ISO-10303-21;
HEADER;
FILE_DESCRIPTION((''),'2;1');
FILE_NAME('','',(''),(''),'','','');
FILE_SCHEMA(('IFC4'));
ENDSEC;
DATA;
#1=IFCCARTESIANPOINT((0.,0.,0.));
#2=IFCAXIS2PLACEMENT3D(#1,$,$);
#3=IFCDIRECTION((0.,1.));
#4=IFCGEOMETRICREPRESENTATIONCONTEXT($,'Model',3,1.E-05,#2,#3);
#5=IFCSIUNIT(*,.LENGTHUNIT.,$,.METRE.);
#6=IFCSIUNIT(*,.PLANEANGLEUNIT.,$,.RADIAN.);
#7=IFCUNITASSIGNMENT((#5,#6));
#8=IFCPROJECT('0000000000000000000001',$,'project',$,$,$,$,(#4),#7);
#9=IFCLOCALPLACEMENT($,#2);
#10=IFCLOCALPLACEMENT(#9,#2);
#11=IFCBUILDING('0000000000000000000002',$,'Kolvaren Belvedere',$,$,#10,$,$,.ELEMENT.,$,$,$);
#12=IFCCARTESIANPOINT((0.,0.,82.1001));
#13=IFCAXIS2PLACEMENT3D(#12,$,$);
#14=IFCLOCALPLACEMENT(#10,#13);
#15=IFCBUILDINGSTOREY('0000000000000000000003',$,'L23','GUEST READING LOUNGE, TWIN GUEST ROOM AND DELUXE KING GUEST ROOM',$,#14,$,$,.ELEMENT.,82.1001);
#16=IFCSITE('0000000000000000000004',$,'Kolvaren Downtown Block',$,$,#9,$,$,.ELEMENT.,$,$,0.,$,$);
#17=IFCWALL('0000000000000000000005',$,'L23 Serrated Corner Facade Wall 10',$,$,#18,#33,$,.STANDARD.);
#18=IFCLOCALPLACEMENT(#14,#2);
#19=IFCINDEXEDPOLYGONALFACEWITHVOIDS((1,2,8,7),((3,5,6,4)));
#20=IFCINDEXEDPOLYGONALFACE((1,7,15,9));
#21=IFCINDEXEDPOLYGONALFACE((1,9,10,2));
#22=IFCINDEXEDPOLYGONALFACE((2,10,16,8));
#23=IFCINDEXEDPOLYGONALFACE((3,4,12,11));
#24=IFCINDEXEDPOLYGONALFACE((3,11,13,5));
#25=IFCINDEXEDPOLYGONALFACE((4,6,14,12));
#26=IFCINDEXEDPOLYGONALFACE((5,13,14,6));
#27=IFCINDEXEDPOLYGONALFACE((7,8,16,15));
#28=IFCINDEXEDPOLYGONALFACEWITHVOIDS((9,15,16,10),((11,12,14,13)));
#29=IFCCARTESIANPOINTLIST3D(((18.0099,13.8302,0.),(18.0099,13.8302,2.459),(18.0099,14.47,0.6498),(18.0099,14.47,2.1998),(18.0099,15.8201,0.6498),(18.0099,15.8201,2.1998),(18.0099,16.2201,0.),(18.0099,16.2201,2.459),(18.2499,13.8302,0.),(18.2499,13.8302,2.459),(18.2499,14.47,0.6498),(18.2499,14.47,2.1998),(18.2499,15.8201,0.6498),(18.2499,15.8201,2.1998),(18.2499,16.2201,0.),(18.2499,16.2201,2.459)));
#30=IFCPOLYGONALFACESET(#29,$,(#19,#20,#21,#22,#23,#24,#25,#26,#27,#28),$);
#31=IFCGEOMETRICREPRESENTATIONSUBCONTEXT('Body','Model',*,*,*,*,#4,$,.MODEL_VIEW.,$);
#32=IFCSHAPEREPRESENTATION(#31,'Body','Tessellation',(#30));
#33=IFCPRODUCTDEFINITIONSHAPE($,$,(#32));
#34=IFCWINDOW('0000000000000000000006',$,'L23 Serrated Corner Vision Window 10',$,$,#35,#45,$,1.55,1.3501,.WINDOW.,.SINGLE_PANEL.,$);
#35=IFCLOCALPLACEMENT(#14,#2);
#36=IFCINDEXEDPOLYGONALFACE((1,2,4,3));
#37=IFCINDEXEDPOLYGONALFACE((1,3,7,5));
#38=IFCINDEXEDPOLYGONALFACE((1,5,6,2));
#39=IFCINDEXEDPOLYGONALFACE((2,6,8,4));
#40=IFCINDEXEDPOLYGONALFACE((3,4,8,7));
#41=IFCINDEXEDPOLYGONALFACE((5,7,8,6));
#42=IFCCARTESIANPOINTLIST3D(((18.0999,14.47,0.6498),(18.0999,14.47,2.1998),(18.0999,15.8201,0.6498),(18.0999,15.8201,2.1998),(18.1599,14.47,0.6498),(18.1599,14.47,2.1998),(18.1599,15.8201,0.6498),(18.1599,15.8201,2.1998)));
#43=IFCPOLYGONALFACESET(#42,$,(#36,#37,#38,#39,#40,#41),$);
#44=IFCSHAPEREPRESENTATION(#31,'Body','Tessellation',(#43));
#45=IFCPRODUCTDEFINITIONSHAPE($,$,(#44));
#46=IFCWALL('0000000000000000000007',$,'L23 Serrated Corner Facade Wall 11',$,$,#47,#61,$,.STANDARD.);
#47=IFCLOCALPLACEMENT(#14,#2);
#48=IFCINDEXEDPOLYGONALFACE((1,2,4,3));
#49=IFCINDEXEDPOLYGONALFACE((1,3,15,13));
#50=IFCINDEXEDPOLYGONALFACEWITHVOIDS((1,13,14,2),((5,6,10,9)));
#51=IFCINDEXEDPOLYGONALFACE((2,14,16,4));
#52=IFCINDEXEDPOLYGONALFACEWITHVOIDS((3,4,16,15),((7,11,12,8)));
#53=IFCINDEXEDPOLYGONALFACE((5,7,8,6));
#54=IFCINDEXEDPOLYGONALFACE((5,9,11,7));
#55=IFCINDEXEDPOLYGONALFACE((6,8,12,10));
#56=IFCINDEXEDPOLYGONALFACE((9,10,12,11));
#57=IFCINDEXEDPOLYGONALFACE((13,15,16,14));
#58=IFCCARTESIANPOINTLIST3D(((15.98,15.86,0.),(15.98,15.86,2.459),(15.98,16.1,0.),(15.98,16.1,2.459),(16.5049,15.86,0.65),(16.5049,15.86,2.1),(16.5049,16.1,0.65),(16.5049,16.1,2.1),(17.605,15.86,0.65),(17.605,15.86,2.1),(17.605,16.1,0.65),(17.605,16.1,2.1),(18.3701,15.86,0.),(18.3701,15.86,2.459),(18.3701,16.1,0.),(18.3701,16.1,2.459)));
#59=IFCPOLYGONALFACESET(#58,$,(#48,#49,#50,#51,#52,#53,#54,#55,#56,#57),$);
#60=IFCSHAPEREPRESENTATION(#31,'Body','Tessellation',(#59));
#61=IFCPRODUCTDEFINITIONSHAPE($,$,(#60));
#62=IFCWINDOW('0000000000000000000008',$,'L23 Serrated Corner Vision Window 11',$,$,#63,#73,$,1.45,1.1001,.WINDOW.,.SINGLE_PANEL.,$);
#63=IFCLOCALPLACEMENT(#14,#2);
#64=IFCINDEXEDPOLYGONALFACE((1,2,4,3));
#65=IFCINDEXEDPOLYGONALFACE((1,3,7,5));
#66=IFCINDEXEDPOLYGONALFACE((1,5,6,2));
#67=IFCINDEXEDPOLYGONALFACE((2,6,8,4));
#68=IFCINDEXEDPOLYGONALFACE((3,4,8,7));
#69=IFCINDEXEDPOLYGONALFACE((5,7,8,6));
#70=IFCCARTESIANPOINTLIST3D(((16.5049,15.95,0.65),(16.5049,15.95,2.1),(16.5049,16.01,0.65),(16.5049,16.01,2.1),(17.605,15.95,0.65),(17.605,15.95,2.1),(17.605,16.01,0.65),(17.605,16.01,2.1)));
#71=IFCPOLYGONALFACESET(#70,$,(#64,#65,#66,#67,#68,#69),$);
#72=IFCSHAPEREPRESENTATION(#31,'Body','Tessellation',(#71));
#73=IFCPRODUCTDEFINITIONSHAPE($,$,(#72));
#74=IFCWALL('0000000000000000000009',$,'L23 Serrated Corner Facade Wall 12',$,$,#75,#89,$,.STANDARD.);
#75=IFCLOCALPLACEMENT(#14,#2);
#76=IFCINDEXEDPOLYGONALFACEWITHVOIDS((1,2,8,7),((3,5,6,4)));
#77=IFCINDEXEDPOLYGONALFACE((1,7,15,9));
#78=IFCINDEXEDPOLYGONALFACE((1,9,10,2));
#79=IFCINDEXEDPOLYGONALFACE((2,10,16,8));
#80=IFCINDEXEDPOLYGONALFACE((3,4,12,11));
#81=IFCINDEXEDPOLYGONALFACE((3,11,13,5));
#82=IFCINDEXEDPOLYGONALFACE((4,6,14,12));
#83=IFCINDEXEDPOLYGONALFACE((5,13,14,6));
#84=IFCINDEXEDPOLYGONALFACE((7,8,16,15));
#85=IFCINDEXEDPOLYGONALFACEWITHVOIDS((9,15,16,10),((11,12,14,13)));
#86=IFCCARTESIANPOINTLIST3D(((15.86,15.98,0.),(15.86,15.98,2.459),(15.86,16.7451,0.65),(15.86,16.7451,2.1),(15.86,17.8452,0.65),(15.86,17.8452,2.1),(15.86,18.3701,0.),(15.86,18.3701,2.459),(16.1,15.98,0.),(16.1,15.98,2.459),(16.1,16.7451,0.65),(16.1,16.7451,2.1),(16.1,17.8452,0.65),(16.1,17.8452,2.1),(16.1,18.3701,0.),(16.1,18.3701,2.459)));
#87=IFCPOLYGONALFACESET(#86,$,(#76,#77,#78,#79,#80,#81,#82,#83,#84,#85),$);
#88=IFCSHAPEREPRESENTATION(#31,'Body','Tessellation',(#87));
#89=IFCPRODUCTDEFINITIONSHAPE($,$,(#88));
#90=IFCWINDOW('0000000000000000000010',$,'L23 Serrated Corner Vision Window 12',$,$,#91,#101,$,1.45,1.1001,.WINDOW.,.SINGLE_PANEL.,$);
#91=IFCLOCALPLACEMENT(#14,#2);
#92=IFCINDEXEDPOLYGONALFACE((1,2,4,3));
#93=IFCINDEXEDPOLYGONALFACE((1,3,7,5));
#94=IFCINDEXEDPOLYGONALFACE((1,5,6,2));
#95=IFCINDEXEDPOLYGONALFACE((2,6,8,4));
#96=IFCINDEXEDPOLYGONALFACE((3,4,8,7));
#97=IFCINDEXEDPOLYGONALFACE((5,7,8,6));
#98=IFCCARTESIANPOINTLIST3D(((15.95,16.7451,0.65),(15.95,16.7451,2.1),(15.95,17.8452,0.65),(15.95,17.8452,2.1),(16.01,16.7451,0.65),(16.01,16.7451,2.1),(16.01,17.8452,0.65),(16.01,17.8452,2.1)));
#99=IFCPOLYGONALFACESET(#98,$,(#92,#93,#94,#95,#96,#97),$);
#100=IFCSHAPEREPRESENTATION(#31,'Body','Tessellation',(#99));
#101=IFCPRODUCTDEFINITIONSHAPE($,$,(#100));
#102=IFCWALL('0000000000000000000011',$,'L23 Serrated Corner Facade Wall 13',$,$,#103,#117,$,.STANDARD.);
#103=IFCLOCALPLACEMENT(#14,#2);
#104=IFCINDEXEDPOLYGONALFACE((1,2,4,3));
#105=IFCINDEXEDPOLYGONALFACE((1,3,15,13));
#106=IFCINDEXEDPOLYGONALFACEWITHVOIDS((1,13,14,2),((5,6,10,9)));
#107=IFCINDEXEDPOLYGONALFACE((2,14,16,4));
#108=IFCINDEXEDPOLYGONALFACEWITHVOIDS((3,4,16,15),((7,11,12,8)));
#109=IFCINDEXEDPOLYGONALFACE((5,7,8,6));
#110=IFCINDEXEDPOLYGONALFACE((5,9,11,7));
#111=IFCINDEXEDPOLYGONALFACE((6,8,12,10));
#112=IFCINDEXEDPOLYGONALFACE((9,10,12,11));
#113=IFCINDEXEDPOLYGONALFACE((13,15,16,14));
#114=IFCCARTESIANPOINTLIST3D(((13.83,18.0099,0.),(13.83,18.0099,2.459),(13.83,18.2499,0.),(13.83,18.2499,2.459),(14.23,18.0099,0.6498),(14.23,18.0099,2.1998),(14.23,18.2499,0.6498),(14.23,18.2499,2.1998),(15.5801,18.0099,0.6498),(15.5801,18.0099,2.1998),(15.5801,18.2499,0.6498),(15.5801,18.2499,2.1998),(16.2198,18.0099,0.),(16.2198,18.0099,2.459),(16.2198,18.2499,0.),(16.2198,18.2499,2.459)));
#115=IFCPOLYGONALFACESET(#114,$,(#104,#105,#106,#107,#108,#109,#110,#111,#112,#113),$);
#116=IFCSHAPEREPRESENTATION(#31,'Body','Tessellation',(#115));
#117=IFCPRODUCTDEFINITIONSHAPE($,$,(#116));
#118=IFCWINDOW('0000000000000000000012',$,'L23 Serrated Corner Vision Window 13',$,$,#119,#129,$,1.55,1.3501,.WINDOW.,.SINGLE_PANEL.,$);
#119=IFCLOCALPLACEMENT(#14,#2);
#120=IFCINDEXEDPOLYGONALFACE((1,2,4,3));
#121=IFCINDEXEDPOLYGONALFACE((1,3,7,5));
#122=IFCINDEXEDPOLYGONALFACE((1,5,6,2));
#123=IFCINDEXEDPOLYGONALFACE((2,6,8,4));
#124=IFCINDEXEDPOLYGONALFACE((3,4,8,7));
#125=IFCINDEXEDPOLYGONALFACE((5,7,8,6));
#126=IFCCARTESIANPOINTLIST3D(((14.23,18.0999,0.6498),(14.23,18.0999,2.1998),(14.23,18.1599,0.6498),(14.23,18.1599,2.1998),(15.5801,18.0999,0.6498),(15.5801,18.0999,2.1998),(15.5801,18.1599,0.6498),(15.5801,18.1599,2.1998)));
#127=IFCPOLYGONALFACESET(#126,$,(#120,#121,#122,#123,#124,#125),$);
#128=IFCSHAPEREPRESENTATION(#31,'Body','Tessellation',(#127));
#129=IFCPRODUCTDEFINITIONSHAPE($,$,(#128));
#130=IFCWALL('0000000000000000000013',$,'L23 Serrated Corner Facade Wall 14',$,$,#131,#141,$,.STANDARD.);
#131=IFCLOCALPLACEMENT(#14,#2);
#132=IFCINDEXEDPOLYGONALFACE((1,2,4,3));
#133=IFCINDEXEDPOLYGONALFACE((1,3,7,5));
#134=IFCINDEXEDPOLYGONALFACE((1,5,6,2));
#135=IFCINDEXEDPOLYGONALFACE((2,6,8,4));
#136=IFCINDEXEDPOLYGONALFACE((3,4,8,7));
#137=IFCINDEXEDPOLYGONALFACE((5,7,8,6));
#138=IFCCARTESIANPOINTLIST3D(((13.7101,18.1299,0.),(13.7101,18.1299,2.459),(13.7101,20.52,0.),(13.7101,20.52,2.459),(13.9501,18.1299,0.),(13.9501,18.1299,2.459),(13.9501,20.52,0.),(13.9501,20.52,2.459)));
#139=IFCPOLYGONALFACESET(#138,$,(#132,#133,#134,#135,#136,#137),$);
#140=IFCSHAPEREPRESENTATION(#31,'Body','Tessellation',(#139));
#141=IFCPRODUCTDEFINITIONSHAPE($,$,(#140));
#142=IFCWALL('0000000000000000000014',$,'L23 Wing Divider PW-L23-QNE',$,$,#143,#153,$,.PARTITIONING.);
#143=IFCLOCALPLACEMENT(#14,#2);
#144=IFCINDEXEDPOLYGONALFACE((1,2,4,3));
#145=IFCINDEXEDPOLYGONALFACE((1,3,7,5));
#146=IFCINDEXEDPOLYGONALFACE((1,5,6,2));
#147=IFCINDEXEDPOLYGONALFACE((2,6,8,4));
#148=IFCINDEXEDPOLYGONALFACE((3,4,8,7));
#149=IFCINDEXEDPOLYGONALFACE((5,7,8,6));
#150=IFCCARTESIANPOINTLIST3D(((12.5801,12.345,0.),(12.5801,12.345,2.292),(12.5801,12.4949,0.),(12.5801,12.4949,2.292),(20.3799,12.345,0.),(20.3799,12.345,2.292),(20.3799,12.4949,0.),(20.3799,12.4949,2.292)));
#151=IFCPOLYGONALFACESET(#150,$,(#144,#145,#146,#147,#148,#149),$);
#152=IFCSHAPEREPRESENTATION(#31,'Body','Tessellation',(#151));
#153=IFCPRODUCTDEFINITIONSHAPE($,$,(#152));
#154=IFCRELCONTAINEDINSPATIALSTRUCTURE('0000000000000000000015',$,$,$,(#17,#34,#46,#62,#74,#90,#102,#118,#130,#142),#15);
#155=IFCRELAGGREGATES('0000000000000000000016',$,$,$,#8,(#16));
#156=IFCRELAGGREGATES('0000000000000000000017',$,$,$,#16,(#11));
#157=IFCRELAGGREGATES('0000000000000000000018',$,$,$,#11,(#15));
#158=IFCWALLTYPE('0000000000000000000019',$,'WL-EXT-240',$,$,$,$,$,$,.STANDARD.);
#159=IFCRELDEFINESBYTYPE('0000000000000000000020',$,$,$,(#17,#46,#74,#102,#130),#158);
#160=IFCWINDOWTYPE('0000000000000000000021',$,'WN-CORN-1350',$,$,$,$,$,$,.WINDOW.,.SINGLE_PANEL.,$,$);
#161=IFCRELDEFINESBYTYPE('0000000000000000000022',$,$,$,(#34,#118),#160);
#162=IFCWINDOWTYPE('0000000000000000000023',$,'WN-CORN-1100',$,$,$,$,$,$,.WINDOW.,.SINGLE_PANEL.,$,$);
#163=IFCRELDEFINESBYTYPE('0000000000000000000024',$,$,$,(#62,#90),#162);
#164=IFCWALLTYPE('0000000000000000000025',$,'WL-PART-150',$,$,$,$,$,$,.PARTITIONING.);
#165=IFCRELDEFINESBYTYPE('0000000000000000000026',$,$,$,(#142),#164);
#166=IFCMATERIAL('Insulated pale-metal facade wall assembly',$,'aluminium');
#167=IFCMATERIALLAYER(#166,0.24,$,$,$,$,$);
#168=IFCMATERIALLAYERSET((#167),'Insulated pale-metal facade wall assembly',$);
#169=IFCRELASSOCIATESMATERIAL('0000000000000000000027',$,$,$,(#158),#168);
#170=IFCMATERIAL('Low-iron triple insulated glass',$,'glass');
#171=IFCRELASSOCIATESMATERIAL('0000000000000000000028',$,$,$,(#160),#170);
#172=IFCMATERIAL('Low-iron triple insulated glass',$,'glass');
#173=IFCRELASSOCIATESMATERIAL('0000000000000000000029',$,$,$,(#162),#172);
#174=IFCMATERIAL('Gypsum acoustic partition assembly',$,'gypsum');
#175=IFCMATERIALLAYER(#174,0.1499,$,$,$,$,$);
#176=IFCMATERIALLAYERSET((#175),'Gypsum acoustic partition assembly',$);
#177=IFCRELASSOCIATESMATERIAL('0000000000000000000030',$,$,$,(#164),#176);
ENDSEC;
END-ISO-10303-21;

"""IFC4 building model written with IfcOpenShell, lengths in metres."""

from ifc_helpers import new_model, si_unit, direction, frame, frame_2d, origin, place, context, subcontext, project, spatial, rectangle, extrude, material, layer, layer_set, type_object, element, fill, save


model = new_model("IFC4")

# Units and contexts
model_context = context("Model", 3, precision=1e-05, world=origin(), true_north=direction((0.0, 1.0)))
body_context = subcontext(model_context, "Body", "Model", "MODEL_VIEW")
ifc_project = project(units=[si_unit("LENGTHUNIT", "METRE"), si_unit("PLANEANGLEUNIT", "RADIAN")], contexts=[model_context])

# Site, building, storey
site_placement = place(None, origin())
site = spatial("IfcSite", under=ifc_project, at=site_placement, Name="Kolvaren Downtown Block", CompositionType="ELEMENT", RefElevation=0.0)
building_placement = place(site_placement, origin())
building = spatial("IfcBuilding", under=site, at=building_placement, Name="Kolvaren Belvedere", CompositionType="ELEMENT")
storey_placement = place(building_placement, frame((0.0, 0.0, 82.1001)))
storey = spatial("IfcBuildingStorey", under=building, at=storey_placement, Name="L23", Description="GUEST READING LOUNGE, TWIN GUEST ROOM AND DELUXE KING GUEST ROOM", CompositionType="ELEMENT", Elevation=82.1001)

# Shared definitions
ifc_material_1 = material(Name="Insulated pale-metal facade wall assembly", Category="aluminium")
ifc_layer_1 = layer(ifc_material_1, 0.24)
ifc_layer_set_1 = layer_set([ifc_layer_1], Name="Insulated pale-metal facade wall assembly")
wall_type_1 = type_object("IfcWallType", Name="WL-EXT-240", PredefinedType="STANDARD", material=ifc_layer_set_1)

# Walls, openings, windows
wall_1_placement = place(storey_placement, frame((18.1299, 16.22, 0.0), z_axis=(0.0, 0.0, 1.0), x_axis=(0.0, -1.0, 0.0)))
wall_1 = element("IfcWall", 1, at=wall_1_placement, inside=storey, type_object=wall_type_1, Name="L23 Serrated Corner Facade Wall 10", PredefinedType="STANDARD", context=body_context, shape_type="SweptSolid", body=[
    extrude(rectangle(XDim=2.3899, YDim=0.24, at=frame_2d((1.1948, 0.0))), origin(), (0.0, 0.0, 1.0), 2.459),
])
opening_1_placement = place(wall_1_placement, frame((0.3999, 0.0, 0.6499)))
opening_1 = element("IfcOpeningElement", 2, at=opening_1_placement, cuts=wall_1, PredefinedType="OPENING", context=body_context, shape_type="SweptSolid", body=[
    extrude(rectangle(XDim=1.3501, YDim=1.55, at=frame_2d((0.675, 0.7749))), frame((0.0, 0.1299, 0.0), z_axis=(0.0, -1.0, 0.0), x_axis=(1.0, 0.0, 0.0)), (0.0, 0.0, 1.0), 0.26),
])
ifc_material_2 = material(Name="Low-iron triple insulated glass", Category="glass")
window_type_1 = type_object("IfcWindowType", Name="WN-CORN-1350", PartitioningType="SINGLE_PANEL", PredefinedType="WINDOW", material=ifc_material_2)
window_1_placement = place(opening_1_placement, origin())
window_1 = element("IfcWindow", 3, at=window_1_placement, inside=storey, type_object=window_type_1, Name="L23 Serrated Corner Vision Window 10", OverallHeight=1.55, OverallWidth=1.3501, PartitioningType="SINGLE_PANEL", PredefinedType="WINDOW", context=body_context, shape_type="SweptSolid", body=[
    extrude(rectangle(XDim=1.3501, YDim=1.55, at=frame_2d((0.675, 0.7749))), frame((0.0, 0.03, 0.0), z_axis=(0.0, -1.0, 0.0), x_axis=(1.0, 0.0, 0.0)), (0.0, 0.0, 1.0), 0.0601),
])
fill(opening_1, window_1)
wall_2_placement = place(storey_placement, frame((15.98, 15.98, 0.0), z_axis=(0.0, 0.0, 1.0), x_axis=(1.0, 0.0, 0.0)))
wall_2 = element("IfcWall", 4, at=wall_2_placement, inside=storey, type_object=wall_type_1, Name="L23 Serrated Corner Facade Wall 11", PredefinedType="STANDARD", context=body_context, shape_type="SweptSolid", body=[
    extrude(rectangle(XDim=2.3901, YDim=0.24, at=frame_2d((1.1951, 0.0))), origin(), (0.0, 0.0, 1.0), 2.459),
])
opening_2_placement = place(wall_2_placement, frame((0.5249, 0.0, 0.6499)))
opening_2 = element("IfcOpeningElement", 5, at=opening_2_placement, cuts=wall_2, PredefinedType="OPENING", context=body_context, shape_type="SweptSolid", body=[
    extrude(rectangle(XDim=1.1001, YDim=1.45, at=frame_2d((0.55, 0.7251))), frame((0.0, 0.1299, 0.0), z_axis=(0.0, -1.0, 0.0), x_axis=(1.0, 0.0, 0.0)), (0.0, 0.0, 1.0), 0.26),
])
ifc_material_3 = material(Name="Low-iron triple insulated glass", Category="glass")
window_type_2 = type_object("IfcWindowType", Name="WN-CORN-1100", PartitioningType="SINGLE_PANEL", PredefinedType="WINDOW", material=ifc_material_3)
window_2_placement = place(opening_2_placement, origin())
window_2 = element("IfcWindow", 6, at=window_2_placement, inside=storey, type_object=window_type_2, Name="L23 Serrated Corner Vision Window 11", OverallHeight=1.45, OverallWidth=1.1001, PartitioningType="SINGLE_PANEL", PredefinedType="WINDOW", context=body_context, shape_type="SweptSolid", body=[
    extrude(rectangle(XDim=1.1001, YDim=1.45, at=frame_2d((0.55, 0.7251))), frame((0.0, 0.03, 0.0), z_axis=(0.0, -1.0, 0.0), x_axis=(1.0, 0.0, 0.0)), (0.0, 0.0, 1.0), 0.0601),
])
fill(opening_2, window_2)
wall_3_placement = place(storey_placement, frame((15.98, 18.3701, 0.0), z_axis=(0.0, 0.0, 1.0), x_axis=(0.0, -1.0, 0.0)))
wall_3 = element("IfcWall", 7, at=wall_3_placement, inside=storey, type_object=wall_type_1, Name="L23 Serrated Corner Facade Wall 12", PredefinedType="STANDARD", context=body_context, shape_type="SweptSolid", body=[
    extrude(rectangle(XDim=2.3901, YDim=0.24, at=frame_2d((1.1951, 0.0))), origin(), (0.0, 0.0, 1.0), 2.459),
])
opening_3_placement = place(wall_3_placement, frame((0.5249, 0.0, 0.6499)))
opening_3 = element("IfcOpeningElement", 8, at=opening_3_placement, cuts=wall_3, PredefinedType="OPENING", context=body_context, shape_type="SweptSolid", body=[
    extrude(rectangle(XDim=1.1001, YDim=1.45, at=frame_2d((0.55, 0.7251))), frame((0.0, 0.1299, 0.0), z_axis=(0.0, -1.0, 0.0), x_axis=(1.0, 0.0, 0.0)), (0.0, 0.0, 1.0), 0.26),
])
window_3_placement = place(opening_3_placement, origin())
window_3 = element("IfcWindow", 9, at=window_3_placement, inside=storey, type_object=window_type_2, Name="L23 Serrated Corner Vision Window 12", OverallHeight=1.45, OverallWidth=1.1001, PartitioningType="SINGLE_PANEL", PredefinedType="WINDOW", context=body_context, shape_type="SweptSolid", body=[
    extrude(rectangle(XDim=1.1001, YDim=1.45, at=frame_2d((0.55, 0.7251))), frame((0.0, 0.03, 0.0), z_axis=(0.0, -1.0, 0.0), x_axis=(1.0, 0.0, 0.0)), (0.0, 0.0, 1.0), 0.0601),
])
fill(opening_3, window_3)
wall_4_placement = place(storey_placement, frame((13.8301, 18.1299, 0.0), z_axis=(0.0, 0.0, 1.0), x_axis=(1.0, 0.0, 0.0)))
wall_4 = element("IfcWall", 10, at=wall_4_placement, inside=storey, type_object=wall_type_1, Name="L23 Serrated Corner Facade Wall 13", PredefinedType="STANDARD", context=body_context, shape_type="SweptSolid", body=[
    extrude(rectangle(XDim=2.3899, YDim=0.24, at=frame_2d((1.1948, 0.0))), origin(), (0.0, 0.0, 1.0), 2.459),
])
opening_4_placement = place(wall_4_placement, frame((0.3999, 0.0, 0.6499)))
opening_4 = element("IfcOpeningElement", 11, at=opening_4_placement, cuts=wall_4, PredefinedType="OPENING", context=body_context, shape_type="SweptSolid", body=[
    extrude(rectangle(XDim=1.3501, YDim=1.55, at=frame_2d((0.675, 0.7749))), frame((0.0, 0.1299, 0.0), z_axis=(0.0, -1.0, 0.0), x_axis=(1.0, 0.0, 0.0)), (0.0, 0.0, 1.0), 0.26),
])
window_4_placement = place(opening_4_placement, origin())
window_4 = element("IfcWindow", 12, at=window_4_placement, inside=storey, type_object=window_type_1, Name="L23 Serrated Corner Vision Window 13", OverallHeight=1.55, OverallWidth=1.3501, PartitioningType="SINGLE_PANEL", PredefinedType="WINDOW", context=body_context, shape_type="SweptSolid", body=[
    extrude(rectangle(XDim=1.3501, YDim=1.55, at=frame_2d((0.675, 0.7749))), frame((0.0, 0.03, 0.0), z_axis=(0.0, -1.0, 0.0), x_axis=(1.0, 0.0, 0.0)), (0.0, 0.0, 1.0), 0.0601),
])
fill(opening_4, window_4)

# Walls
wall_5_placement = place(storey_placement, frame((13.8301, 20.52, 0.0), z_axis=(0.0, 0.0, 1.0), x_axis=(0.0, -1.0, 0.0)))
element("IfcWall", 13, at=wall_5_placement, inside=storey, type_object=wall_type_1, Name="L23 Serrated Corner Facade Wall 14", PredefinedType="STANDARD", context=body_context, shape_type="SweptSolid", body=[
    extrude(rectangle(XDim=2.3901, YDim=0.24, at=frame_2d((1.1951, 0.0))), origin(), (0.0, 0.0, 1.0), 2.459),
])
ifc_material_4 = material(Name="Gypsum acoustic partition assembly", Category="gypsum")
ifc_layer_2 = layer(ifc_material_4, 0.1499)
ifc_layer_set_2 = layer_set([ifc_layer_2], Name="Gypsum acoustic partition assembly")
wall_type_2 = type_object("IfcWallType", Name="WL-PART-150", PredefinedType="PARTITIONING", material=ifc_layer_set_2)
wall_6_placement = place(storey_placement, frame((12.5801, 12.4199, 0.0), z_axis=(0.0, 0.0, 1.0), x_axis=(1.0, 0.0, 0.0)))
element("IfcWall", 14, at=wall_6_placement, inside=storey, type_object=wall_type_2, Name="L23 Wing Divider PW-L23-QNE", PredefinedType="PARTITIONING", context=body_context, shape_type="SweptSolid", body=[
    extrude(rectangle(XDim=7.7998, YDim=0.1499, at=frame_2d((3.8999, 0.0))), origin(), (0.0, 0.0, 1.0), 2.292),
])

save(model, "model.ifc")
